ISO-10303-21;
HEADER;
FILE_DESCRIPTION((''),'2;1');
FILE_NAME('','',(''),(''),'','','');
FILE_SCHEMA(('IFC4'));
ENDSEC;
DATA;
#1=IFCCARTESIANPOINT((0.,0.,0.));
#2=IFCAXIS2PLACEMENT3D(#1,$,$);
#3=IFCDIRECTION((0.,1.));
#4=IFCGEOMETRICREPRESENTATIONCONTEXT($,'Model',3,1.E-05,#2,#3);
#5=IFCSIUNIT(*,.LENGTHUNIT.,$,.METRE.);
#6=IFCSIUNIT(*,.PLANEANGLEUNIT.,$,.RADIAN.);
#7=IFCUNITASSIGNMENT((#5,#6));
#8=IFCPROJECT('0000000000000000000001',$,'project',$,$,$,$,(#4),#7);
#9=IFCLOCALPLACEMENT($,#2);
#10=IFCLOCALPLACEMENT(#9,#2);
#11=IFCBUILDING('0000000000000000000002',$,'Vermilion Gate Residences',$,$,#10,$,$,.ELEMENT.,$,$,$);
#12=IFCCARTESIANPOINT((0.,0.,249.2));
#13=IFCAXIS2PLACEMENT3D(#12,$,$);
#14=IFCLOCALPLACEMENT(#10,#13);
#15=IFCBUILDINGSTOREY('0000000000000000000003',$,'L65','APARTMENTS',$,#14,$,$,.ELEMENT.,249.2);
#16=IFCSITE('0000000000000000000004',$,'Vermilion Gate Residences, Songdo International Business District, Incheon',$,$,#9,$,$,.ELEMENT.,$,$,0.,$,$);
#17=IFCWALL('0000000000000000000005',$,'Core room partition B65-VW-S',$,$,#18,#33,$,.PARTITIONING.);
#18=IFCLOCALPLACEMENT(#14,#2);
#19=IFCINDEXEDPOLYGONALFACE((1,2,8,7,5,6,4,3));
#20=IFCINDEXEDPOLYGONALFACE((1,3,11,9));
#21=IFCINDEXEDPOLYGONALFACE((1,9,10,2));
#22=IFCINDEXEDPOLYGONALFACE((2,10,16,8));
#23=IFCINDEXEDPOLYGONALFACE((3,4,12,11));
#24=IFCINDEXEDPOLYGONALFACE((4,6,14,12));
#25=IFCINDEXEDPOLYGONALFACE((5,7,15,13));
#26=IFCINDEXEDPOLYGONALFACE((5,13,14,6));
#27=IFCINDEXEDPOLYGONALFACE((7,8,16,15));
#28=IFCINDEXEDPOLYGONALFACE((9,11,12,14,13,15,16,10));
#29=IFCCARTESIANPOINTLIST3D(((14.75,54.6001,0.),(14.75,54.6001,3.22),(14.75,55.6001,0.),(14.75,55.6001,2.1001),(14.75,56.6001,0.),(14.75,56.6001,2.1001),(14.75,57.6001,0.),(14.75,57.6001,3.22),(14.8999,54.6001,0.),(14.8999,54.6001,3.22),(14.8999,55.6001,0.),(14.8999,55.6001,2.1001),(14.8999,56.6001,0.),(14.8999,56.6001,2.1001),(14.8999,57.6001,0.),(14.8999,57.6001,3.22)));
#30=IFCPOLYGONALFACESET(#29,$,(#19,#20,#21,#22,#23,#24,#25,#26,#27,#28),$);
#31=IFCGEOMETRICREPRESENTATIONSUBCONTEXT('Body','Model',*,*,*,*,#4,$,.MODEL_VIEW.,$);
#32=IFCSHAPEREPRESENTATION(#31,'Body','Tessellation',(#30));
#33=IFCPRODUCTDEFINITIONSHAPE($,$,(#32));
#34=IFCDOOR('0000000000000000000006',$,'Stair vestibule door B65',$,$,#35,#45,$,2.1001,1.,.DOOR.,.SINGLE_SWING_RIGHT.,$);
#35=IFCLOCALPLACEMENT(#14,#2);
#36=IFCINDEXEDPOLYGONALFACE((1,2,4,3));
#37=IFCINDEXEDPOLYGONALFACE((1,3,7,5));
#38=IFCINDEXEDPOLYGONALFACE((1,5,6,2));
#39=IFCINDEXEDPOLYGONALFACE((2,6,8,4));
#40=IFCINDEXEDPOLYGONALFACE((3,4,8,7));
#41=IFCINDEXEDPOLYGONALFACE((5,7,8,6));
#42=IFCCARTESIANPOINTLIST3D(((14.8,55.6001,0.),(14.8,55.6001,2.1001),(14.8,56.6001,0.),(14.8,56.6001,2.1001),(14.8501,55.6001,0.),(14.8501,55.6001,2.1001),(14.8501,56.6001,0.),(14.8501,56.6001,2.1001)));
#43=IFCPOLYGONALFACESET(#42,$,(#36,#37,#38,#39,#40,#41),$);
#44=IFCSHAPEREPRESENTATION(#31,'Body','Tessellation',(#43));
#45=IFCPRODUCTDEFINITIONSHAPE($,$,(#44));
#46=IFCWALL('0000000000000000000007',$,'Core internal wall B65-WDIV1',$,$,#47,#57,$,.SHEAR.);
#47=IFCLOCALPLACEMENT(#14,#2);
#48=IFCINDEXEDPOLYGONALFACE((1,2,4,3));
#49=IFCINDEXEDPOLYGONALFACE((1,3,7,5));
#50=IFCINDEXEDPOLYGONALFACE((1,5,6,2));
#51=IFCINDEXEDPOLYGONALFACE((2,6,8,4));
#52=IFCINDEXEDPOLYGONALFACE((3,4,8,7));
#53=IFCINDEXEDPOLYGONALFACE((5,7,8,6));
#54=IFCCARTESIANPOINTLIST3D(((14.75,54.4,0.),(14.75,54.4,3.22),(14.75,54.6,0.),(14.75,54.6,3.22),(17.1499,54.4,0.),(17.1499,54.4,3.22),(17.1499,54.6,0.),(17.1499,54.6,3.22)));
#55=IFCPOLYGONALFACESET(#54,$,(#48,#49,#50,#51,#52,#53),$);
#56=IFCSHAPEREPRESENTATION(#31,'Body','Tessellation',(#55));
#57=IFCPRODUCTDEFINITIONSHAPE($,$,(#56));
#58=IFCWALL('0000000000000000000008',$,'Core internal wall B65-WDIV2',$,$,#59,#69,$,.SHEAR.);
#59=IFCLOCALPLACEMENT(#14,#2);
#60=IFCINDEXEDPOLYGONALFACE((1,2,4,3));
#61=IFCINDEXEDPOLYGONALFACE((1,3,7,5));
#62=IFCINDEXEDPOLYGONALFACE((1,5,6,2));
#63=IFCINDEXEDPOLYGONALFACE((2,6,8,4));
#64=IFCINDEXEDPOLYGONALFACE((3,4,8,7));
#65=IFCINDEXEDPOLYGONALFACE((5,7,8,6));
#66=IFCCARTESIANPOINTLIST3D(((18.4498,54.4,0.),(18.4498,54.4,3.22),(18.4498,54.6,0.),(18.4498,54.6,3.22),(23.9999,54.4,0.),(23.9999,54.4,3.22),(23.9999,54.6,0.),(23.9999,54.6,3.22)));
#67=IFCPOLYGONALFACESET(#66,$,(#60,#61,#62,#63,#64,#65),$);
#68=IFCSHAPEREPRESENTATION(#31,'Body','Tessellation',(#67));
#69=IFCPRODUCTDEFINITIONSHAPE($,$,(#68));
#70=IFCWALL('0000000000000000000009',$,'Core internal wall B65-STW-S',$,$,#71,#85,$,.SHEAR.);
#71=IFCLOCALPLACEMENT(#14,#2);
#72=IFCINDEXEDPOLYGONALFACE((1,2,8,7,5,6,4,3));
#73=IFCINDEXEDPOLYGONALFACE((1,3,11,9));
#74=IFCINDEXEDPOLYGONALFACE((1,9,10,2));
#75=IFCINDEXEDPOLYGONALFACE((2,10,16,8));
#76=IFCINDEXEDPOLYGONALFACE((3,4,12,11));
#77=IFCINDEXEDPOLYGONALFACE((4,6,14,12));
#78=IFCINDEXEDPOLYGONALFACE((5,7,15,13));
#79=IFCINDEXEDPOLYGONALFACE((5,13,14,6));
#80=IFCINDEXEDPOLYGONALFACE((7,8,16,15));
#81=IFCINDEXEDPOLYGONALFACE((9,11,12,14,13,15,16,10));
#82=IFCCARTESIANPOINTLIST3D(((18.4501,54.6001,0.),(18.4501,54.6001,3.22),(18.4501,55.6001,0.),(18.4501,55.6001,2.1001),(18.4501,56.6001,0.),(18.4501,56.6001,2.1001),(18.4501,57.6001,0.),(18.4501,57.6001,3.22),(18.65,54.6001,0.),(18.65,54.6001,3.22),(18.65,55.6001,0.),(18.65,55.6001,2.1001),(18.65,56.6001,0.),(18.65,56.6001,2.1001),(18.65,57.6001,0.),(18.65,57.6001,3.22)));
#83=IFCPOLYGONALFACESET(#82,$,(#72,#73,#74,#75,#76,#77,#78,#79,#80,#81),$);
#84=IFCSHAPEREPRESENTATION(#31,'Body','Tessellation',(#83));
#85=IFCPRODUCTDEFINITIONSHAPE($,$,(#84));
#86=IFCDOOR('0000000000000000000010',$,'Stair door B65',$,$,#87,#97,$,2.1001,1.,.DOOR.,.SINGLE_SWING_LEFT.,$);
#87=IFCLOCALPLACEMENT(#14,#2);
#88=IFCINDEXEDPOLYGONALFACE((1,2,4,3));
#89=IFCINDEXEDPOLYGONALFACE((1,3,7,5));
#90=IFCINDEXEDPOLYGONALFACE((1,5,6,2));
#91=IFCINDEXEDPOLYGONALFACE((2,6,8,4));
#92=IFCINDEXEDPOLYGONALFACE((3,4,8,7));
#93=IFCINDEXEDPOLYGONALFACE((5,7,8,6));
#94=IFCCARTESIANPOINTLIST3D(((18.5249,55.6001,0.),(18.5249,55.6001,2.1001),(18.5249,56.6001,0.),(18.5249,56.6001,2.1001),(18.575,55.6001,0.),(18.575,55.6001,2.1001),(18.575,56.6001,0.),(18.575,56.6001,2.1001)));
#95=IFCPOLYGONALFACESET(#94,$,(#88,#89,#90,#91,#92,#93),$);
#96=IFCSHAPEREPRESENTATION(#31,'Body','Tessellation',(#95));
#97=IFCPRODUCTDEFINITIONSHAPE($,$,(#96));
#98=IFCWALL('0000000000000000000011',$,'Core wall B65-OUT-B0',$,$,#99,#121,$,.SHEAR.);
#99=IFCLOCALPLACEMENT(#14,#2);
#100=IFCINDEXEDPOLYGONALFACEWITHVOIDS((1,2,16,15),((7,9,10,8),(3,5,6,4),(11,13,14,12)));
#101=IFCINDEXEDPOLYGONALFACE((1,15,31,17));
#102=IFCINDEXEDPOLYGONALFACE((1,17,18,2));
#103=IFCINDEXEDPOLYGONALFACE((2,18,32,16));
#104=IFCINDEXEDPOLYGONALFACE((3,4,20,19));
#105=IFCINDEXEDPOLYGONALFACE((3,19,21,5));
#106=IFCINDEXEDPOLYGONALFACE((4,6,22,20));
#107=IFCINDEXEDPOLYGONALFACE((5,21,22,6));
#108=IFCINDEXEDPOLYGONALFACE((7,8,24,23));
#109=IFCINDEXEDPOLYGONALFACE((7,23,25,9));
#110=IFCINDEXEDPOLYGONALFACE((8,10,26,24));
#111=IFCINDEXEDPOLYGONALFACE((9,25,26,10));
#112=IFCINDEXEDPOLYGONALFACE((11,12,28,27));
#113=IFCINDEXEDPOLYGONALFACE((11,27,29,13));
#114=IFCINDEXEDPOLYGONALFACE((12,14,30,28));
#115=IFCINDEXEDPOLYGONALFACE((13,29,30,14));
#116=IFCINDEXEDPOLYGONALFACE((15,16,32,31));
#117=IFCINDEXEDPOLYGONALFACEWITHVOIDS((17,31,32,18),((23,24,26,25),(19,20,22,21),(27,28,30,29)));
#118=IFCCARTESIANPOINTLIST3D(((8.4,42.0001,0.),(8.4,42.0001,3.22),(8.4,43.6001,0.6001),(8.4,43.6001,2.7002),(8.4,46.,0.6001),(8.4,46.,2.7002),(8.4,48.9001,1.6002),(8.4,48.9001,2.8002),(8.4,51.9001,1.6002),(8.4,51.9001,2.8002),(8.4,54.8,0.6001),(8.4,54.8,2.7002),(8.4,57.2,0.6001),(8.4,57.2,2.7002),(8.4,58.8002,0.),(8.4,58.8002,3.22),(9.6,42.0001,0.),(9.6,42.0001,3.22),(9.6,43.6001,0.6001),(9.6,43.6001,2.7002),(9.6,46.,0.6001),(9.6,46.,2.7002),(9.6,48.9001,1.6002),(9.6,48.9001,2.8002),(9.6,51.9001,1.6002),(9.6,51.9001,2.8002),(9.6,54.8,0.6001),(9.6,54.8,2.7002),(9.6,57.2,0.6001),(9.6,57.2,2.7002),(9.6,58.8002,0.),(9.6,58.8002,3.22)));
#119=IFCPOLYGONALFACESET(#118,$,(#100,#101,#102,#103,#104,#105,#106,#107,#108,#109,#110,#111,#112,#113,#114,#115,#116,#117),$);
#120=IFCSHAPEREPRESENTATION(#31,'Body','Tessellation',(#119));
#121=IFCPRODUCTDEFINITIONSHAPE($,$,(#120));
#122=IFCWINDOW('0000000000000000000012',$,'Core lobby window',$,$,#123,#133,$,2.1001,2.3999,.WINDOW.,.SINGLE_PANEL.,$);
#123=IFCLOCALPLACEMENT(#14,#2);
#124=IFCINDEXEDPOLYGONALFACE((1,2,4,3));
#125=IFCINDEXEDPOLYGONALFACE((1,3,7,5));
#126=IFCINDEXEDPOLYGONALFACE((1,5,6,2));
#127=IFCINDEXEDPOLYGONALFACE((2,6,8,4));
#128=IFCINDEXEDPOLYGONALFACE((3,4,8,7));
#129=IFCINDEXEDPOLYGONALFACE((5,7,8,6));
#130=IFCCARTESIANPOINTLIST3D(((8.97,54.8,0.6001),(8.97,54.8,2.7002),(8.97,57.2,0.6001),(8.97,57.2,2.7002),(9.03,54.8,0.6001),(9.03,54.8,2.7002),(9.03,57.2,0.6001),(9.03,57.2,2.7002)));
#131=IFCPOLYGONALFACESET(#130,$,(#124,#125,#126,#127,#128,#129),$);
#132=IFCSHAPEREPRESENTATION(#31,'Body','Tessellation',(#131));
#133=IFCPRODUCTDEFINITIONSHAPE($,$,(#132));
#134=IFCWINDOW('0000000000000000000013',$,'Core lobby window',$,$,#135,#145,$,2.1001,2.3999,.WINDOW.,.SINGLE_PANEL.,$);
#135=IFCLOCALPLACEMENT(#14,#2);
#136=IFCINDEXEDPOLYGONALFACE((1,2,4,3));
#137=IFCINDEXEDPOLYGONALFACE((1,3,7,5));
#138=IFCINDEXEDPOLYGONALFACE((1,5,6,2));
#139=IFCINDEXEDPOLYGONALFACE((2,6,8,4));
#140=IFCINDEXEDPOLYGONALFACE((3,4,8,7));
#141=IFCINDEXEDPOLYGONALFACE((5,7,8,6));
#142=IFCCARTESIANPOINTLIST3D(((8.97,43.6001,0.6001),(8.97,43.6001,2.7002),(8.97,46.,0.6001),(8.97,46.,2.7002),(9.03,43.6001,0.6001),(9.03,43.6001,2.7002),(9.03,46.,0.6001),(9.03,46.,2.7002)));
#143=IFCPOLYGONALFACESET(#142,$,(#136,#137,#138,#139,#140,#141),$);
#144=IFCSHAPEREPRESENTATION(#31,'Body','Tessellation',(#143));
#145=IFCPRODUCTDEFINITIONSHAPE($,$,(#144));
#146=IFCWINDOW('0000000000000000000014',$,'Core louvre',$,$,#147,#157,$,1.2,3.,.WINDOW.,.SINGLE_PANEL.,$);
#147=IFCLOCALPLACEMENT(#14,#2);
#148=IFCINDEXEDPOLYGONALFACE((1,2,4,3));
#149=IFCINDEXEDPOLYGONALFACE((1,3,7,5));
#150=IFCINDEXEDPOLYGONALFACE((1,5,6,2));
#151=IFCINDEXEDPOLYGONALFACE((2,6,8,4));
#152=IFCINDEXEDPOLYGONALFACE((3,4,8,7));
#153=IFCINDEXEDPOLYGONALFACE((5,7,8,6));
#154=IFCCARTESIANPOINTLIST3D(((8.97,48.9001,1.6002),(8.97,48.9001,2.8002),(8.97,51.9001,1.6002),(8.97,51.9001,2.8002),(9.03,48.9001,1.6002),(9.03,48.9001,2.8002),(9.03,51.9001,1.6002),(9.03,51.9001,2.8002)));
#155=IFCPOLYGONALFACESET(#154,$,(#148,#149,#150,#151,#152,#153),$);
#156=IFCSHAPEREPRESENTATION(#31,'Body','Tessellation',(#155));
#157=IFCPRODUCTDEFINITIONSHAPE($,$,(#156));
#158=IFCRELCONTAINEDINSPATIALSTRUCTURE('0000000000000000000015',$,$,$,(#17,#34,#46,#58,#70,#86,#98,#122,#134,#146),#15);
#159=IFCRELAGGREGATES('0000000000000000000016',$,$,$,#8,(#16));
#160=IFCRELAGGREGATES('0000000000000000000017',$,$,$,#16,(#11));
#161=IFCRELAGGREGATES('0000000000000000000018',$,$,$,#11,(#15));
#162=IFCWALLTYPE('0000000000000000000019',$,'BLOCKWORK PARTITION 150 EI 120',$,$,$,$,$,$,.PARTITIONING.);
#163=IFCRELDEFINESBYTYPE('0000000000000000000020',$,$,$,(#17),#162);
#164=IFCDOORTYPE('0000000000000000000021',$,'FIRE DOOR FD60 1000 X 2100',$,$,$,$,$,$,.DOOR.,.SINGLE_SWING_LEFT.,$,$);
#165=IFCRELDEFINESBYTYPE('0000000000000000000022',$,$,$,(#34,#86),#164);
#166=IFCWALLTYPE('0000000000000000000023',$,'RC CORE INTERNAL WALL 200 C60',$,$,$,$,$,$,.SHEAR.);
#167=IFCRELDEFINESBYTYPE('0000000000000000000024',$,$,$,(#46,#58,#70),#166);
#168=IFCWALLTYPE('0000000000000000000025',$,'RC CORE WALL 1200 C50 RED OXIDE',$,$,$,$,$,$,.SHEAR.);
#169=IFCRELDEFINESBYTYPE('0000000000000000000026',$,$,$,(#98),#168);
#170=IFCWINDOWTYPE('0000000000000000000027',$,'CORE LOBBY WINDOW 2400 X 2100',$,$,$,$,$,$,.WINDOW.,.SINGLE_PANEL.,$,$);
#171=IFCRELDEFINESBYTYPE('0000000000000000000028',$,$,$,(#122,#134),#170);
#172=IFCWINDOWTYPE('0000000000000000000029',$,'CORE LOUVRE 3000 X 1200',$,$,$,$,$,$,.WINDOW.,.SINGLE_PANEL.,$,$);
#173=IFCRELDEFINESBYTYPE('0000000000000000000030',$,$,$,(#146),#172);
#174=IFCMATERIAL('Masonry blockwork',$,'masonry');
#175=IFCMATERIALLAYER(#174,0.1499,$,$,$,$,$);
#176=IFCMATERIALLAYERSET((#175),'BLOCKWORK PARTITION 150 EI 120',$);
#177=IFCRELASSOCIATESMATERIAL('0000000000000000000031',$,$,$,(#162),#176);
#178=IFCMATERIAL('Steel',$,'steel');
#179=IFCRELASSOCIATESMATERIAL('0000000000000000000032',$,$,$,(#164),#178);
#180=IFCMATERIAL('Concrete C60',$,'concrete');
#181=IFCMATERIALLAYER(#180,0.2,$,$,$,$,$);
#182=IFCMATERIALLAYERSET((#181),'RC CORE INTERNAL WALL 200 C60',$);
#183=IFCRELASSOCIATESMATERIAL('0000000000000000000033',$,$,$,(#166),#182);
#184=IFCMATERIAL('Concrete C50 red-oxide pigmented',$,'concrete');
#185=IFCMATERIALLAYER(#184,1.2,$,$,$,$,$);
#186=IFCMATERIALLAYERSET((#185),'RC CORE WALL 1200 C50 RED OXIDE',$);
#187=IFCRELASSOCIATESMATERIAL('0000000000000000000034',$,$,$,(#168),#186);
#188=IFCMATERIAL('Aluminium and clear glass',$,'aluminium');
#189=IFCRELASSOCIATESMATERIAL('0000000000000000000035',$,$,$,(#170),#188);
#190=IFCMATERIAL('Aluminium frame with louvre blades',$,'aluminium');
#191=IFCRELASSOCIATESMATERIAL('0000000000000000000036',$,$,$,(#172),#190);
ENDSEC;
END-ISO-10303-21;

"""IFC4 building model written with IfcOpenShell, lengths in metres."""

from ifc_helpers import new_model, si_unit, direction, frame, frame_2d, origin, place, context, subcontext, project, spatial, rectangle, extrude, material, layer, layer_set, type_object, element, fill, save


model = new_model("IFC4")

# Units and contexts
model_context = context("Model", 3, precision=1e-05, world=origin(), true_north=direction((0.0, 1.0)))
body_context = subcontext(model_context, "Body", "Model", "MODEL_VIEW")
ifc_project = project(units=[si_unit("LENGTHUNIT", "METRE"), si_unit("PLANEANGLEUNIT", "RADIAN")], contexts=[model_context])

# Site, building, storey
site_placement = place(None, origin())
site = spatial("IfcSite", under=ifc_project, at=site_placement, Name="Vermilion Gate Residences, Songdo International Business District, Incheon", CompositionType="ELEMENT", RefElevation=0.0)
building_placement = place(site_placement, origin())
building = spatial("IfcBuilding", under=site, at=building_placement, Name="Vermilion Gate Residences", CompositionType="ELEMENT")
storey_placement = place(building_placement, frame((0.0, 0.0, 249.2)))
storey = spatial("IfcBuildingStorey", under=building, at=storey_placement, Name="L65", Description="APARTMENTS", CompositionType="ELEMENT", Elevation=249.2)

# Wall, opening, door
ifc_material_1 = material(Name="Masonry blockwork", Category="masonry")
ifc_layer_1 = layer(ifc_material_1, 0.1499)
ifc_layer_set_1 = layer_set([ifc_layer_1], Name="BLOCKWORK PARTITION 150 EI 120")
wall_type_1 = type_object("IfcWallType", Name="BLOCKWORK PARTITION 150 EI 120", PredefinedType="PARTITIONING", material=ifc_layer_set_1)
wall_1_placement = place(storey_placement, frame((14.825, 57.6001, 0.0), z_axis=(0.0, 0.0, 1.0), x_axis=(0.0, -1.0, 0.0)))
wall_1 = element("IfcWall", 1, at=wall_1_placement, inside=storey, type_object=wall_type_1, Name="Core room partition B65-VW-S", PredefinedType="PARTITIONING", context=body_context, shape_type="SweptSolid", body=[
    extrude(rectangle(XDim=3.0, YDim=0.1499, at=frame_2d((1.5, 0.0))), origin(), (0.0, 0.0, 1.0), 3.22),
])
opening_1_placement = place(wall_1_placement, frame((1.0, 0.0, 0.0)))
opening_1 = element("IfcOpeningElement", 2, at=opening_1_placement, cuts=wall_1, PredefinedType="OPENING", context=body_context, shape_type="SweptSolid", body=[
    extrude(rectangle(XDim=1.0, YDim=2.1001, at=frame_2d((0.5, 1.05))), frame((0.0, 0.085, 0.0), z_axis=(0.0, -1.0, 0.0), x_axis=(1.0, 0.0, 0.0)), (0.0, 0.0, 1.0), 0.1699),
])
ifc_material_2 = material(Name="Steel", Category="steel")
door_type = type_object("IfcDoorType", Name="FIRE DOOR FD60 1000 X 2100", OperationType="SINGLE_SWING_LEFT", PredefinedType="DOOR", material=ifc_material_2)
door_1_placement = place(opening_1_placement, frame((1.0, 0.0, 0.0), z_axis=(0.0, 0.0, 1.0), x_axis=(-1.0, 0.0, 0.0)))
door_1 = element("IfcDoor", 3, at=door_1_placement, inside=storey, type_object=door_type, Name="Stair vestibule door B65", OperationType="SINGLE_SWING_RIGHT", OverallHeight=2.1001, OverallWidth=1.0, PredefinedType="DOOR", context=body_context, shape_type="SweptSolid", body=[
    extrude(rectangle(XDim=1.0, YDim=2.1001, at=frame_2d((0.5, 1.05))), frame((0.0, 0.0249, 0.0), z_axis=(0.0, -1.0, 0.0), x_axis=(1.0, 0.0, 0.0)), (0.0, 0.0, 1.0), 0.05),
])
fill(opening_1, door_1)

# Walls
ifc_material_3 = material(Name="Concrete C60", Category="concrete")
ifc_layer_2 = layer(ifc_material_3, 0.2)
ifc_layer_set_2 = layer_set([ifc_layer_2], Name="RC CORE INTERNAL WALL 200 C60")
wall_type_2 = type_object("IfcWallType", Name="RC CORE INTERNAL WALL 200 C60", PredefinedType="SHEAR", material=ifc_layer_set_2)
wall_2_placement = place(storey_placement, frame((14.75, 54.5, 0.0), z_axis=(0.0, 0.0, 1.0), x_axis=(1.0, 0.0, 0.0)))
element("IfcWall", 4, at=wall_2_placement, inside=storey, type_object=wall_type_2, Name="Core internal wall B65-WDIV1", PredefinedType="SHEAR", context=body_context, shape_type="SweptSolid", body=[
    extrude(rectangle(XDim=2.3999, YDim=0.2, at=frame_2d((1.2, 0.0))), origin(), (0.0, 0.0, 1.0), 3.22),
])
wall_3_placement = place(storey_placement, frame((18.45, 54.5, 0.0), z_axis=(0.0, 0.0, 1.0), x_axis=(1.0, 0.0, 0.0)))
element("IfcWall", 5, at=wall_3_placement, inside=storey, type_object=wall_type_2, Name="Core internal wall B65-WDIV2", PredefinedType="SHEAR", context=body_context, shape_type="SweptSolid", body=[
    extrude(rectangle(XDim=5.55, YDim=0.2, at=frame_2d((2.7749, 0.0))), origin(), (0.0, 0.0, 1.0), 3.22),
])

# Wall, opening, door
wall_4_placement = place(storey_placement, frame((18.55, 57.6001, 0.0), z_axis=(0.0, 0.0, 1.0), x_axis=(0.0, -1.0, 0.0)))
wall_4 = element("IfcWall", 6, at=wall_4_placement, inside=storey, type_object=wall_type_2, Name="Core internal wall B65-STW-S", PredefinedType="SHEAR", context=body_context, shape_type="SweptSolid", body=[
    extrude(rectangle(XDim=3.0, YDim=0.2, at=frame_2d((1.5, 0.0))), origin(), (0.0, 0.0, 1.0), 3.22),
])
opening_2_placement = place(wall_4_placement, frame((1.0, 0.0, 0.0)))
opening_2 = element("IfcOpeningElement", 7, at=opening_2_placement, cuts=wall_4, PredefinedType="OPENING", context=body_context, shape_type="SweptSolid", body=[
    extrude(rectangle(XDim=1.0, YDim=2.1001, at=frame_2d((0.5, 1.05))), frame((0.0, 0.1099, 0.0), z_axis=(0.0, -1.0, 0.0), x_axis=(1.0, 0.0, 0.0)), (0.0, 0.0, 1.0), 0.22),
])
door_2_placement = place(opening_2_placement, origin())
door_2 = element("IfcDoor", 8, at=door_2_placement, inside=storey, type_object=door_type, Name="Stair door B65", OperationType="SINGLE_SWING_LEFT", OverallHeight=2.1001, OverallWidth=1.0, PredefinedType="DOOR", context=body_context, shape_type="SweptSolid", body=[
    extrude(rectangle(XDim=1.0, YDim=2.1001, at=frame_2d((0.5, 1.05))), frame((0.0, 0.0249, 0.0), z_axis=(0.0, -1.0, 0.0), x_axis=(1.0, 0.0, 0.0)), (0.0, 0.0, 1.0), 0.05),
])
fill(opening_2, door_2)

# Wall, openings, windows
ifc_material_4 = material(Name="Concrete C50 red-oxide pigmented", Category="concrete")
ifc_layer_3 = layer(ifc_material_4, 1.2)
ifc_layer_set_3 = layer_set([ifc_layer_3], Name="RC CORE WALL 1200 C50 RED OXIDE")
wall_type_3 = type_object("IfcWallType", Name="RC CORE WALL 1200 C50 RED OXIDE", PredefinedType="SHEAR", material=ifc_layer_set_3)
wall_5_placement = place(storey_placement, frame((9.0, 58.8, 0.0), z_axis=(0.0, 0.0, 1.0), x_axis=(0.0, -1.0, 0.0)))
wall_5 = element("IfcWall", 9, at=wall_5_placement, inside=storey, type_object=wall_type_3, Name="Core wall B65-OUT-B0", PredefinedType="SHEAR", context=body_context, shape_type="SweptSolid", body=[
    extrude(rectangle(XDim=16.8, YDim=1.2, at=frame_2d((8.3999, 0.0))), origin(), (0.0, 0.0, 1.0), 3.22),
])
opening_3_placement = place(wall_5_placement, frame((1.6001, 0.0, 0.6001)))
opening_3 = element("IfcOpeningElement", 10, at=opening_3_placement, cuts=wall_5, PredefinedType="OPENING", context=body_context, shape_type="SweptSolid", body=[
    extrude(rectangle(XDim=2.3999, YDim=2.1001, at=frame_2d((1.2, 1.05))), frame((0.0, 0.6099, 0.0), z_axis=(0.0, -1.0, 0.0), x_axis=(1.0, 0.0, 0.0)), (0.0, 0.0, 1.0), 1.22),
])
opening_4_placement = place(wall_5_placement, frame((6.8999, 0.0, 1.6001)))
opening_4 = element("IfcOpeningElement", 11, at=opening_4_placement, cuts=wall_5, PredefinedType="OPENING", context=body_context, shape_type="SweptSolid", body=[
    extrude(rectangle(XDim=3.0, YDim=1.2, at=frame_2d((1.5, 0.6001))), frame((0.0, 0.6099, 0.0), z_axis=(0.0, -1.0, 0.0), x_axis=(1.0, 0.0, 0.0)), (0.0, 0.0, 1.0), 1.22),
])
opening_5_placement = place(wall_5_placement, frame((12.8, 0.0, 0.6001)))
opening_5 = element("IfcOpeningElement", 12, at=opening_5_placement, cuts=wall_5, PredefinedType="OPENING", context=body_context, shape_type="SweptSolid", body=[
    extrude(rectangle(XDim=2.3999, YDim=2.1001, at=frame_2d((1.2, 1.05))), frame((0.0, 0.6099, 0.0), z_axis=(0.0, -1.0, 0.0), x_axis=(1.0, 0.0, 0.0)), (0.0, 0.0, 1.0), 1.22),
])
ifc_material_5 = material(Name="Aluminium and clear glass", Category="aluminium")
window_type_1 = type_object("IfcWindowType", Name="CORE LOBBY WINDOW 2400 X 2100", PartitioningType="SINGLE_PANEL", PredefinedType="WINDOW", material=ifc_material_5)
window_1_placement = place(opening_3_placement, origin())
window_1 = element("IfcWindow", 13, at=window_1_placement, inside=storey, type_object=window_type_1, Name="Core lobby window", OverallHeight=2.1001, OverallWidth=2.3999, PartitioningType="SINGLE_PANEL", PredefinedType="WINDOW", context=body_context, shape_type="SweptSolid", body=[
    extrude(rectangle(XDim=2.3999, YDim=2.1001, at=frame_2d((1.2, 1.05))), frame((0.0, 0.03, 0.0), z_axis=(0.0, -1.0, 0.0), x_axis=(1.0, 0.0, 0.0)), (0.0, 0.0, 1.0), 0.0601),
])
fill(opening_3, window_1)
window_2_placement = place(opening_5_placement, origin())
window_2 = element("IfcWindow", 14, at=window_2_placement, inside=storey, type_object=window_type_1, Name="Core lobby window", OverallHeight=2.1001, OverallWidth=2.3999, PartitioningType="SINGLE_PANEL", PredefinedType="WINDOW", context=body_context, shape_type="SweptSolid", body=[
    extrude(rectangle(XDim=2.3999, YDim=2.1001, at=frame_2d((1.2, 1.05))), frame((0.0, 0.03, 0.0), z_axis=(0.0, -1.0, 0.0), x_axis=(1.0, 0.0, 0.0)), (0.0, 0.0, 1.0), 0.0601),
])
fill(opening_5, window_2)
ifc_material_6 = material(Name="Aluminium frame with louvre blades", Category="aluminium")
window_type_2 = type_object("IfcWindowType", Name="CORE LOUVRE 3000 X 1200", PartitioningType="SINGLE_PANEL", PredefinedType="WINDOW", material=ifc_material_6)
window_3_placement = place(opening_4_placement, origin())
window_3 = element("IfcWindow", 15, at=window_3_placement, inside=storey, type_object=window_type_2, Name="Core louvre", OverallHeight=1.2, OverallWidth=3.0, PartitioningType="SINGLE_PANEL", PredefinedType="WINDOW", context=body_context, shape_type="SweptSolid", body=[
    extrude(rectangle(XDim=3.0, YDim=1.2, at=frame_2d((1.5, 0.6001))), frame((0.0, 0.03, 0.0), z_axis=(0.0, -1.0, 0.0), x_axis=(1.0, 0.0, 0.0)), (0.0, 0.0, 1.0), 0.0601),
])
fill(opening_4, window_3)

save(model, "model.ifc")
